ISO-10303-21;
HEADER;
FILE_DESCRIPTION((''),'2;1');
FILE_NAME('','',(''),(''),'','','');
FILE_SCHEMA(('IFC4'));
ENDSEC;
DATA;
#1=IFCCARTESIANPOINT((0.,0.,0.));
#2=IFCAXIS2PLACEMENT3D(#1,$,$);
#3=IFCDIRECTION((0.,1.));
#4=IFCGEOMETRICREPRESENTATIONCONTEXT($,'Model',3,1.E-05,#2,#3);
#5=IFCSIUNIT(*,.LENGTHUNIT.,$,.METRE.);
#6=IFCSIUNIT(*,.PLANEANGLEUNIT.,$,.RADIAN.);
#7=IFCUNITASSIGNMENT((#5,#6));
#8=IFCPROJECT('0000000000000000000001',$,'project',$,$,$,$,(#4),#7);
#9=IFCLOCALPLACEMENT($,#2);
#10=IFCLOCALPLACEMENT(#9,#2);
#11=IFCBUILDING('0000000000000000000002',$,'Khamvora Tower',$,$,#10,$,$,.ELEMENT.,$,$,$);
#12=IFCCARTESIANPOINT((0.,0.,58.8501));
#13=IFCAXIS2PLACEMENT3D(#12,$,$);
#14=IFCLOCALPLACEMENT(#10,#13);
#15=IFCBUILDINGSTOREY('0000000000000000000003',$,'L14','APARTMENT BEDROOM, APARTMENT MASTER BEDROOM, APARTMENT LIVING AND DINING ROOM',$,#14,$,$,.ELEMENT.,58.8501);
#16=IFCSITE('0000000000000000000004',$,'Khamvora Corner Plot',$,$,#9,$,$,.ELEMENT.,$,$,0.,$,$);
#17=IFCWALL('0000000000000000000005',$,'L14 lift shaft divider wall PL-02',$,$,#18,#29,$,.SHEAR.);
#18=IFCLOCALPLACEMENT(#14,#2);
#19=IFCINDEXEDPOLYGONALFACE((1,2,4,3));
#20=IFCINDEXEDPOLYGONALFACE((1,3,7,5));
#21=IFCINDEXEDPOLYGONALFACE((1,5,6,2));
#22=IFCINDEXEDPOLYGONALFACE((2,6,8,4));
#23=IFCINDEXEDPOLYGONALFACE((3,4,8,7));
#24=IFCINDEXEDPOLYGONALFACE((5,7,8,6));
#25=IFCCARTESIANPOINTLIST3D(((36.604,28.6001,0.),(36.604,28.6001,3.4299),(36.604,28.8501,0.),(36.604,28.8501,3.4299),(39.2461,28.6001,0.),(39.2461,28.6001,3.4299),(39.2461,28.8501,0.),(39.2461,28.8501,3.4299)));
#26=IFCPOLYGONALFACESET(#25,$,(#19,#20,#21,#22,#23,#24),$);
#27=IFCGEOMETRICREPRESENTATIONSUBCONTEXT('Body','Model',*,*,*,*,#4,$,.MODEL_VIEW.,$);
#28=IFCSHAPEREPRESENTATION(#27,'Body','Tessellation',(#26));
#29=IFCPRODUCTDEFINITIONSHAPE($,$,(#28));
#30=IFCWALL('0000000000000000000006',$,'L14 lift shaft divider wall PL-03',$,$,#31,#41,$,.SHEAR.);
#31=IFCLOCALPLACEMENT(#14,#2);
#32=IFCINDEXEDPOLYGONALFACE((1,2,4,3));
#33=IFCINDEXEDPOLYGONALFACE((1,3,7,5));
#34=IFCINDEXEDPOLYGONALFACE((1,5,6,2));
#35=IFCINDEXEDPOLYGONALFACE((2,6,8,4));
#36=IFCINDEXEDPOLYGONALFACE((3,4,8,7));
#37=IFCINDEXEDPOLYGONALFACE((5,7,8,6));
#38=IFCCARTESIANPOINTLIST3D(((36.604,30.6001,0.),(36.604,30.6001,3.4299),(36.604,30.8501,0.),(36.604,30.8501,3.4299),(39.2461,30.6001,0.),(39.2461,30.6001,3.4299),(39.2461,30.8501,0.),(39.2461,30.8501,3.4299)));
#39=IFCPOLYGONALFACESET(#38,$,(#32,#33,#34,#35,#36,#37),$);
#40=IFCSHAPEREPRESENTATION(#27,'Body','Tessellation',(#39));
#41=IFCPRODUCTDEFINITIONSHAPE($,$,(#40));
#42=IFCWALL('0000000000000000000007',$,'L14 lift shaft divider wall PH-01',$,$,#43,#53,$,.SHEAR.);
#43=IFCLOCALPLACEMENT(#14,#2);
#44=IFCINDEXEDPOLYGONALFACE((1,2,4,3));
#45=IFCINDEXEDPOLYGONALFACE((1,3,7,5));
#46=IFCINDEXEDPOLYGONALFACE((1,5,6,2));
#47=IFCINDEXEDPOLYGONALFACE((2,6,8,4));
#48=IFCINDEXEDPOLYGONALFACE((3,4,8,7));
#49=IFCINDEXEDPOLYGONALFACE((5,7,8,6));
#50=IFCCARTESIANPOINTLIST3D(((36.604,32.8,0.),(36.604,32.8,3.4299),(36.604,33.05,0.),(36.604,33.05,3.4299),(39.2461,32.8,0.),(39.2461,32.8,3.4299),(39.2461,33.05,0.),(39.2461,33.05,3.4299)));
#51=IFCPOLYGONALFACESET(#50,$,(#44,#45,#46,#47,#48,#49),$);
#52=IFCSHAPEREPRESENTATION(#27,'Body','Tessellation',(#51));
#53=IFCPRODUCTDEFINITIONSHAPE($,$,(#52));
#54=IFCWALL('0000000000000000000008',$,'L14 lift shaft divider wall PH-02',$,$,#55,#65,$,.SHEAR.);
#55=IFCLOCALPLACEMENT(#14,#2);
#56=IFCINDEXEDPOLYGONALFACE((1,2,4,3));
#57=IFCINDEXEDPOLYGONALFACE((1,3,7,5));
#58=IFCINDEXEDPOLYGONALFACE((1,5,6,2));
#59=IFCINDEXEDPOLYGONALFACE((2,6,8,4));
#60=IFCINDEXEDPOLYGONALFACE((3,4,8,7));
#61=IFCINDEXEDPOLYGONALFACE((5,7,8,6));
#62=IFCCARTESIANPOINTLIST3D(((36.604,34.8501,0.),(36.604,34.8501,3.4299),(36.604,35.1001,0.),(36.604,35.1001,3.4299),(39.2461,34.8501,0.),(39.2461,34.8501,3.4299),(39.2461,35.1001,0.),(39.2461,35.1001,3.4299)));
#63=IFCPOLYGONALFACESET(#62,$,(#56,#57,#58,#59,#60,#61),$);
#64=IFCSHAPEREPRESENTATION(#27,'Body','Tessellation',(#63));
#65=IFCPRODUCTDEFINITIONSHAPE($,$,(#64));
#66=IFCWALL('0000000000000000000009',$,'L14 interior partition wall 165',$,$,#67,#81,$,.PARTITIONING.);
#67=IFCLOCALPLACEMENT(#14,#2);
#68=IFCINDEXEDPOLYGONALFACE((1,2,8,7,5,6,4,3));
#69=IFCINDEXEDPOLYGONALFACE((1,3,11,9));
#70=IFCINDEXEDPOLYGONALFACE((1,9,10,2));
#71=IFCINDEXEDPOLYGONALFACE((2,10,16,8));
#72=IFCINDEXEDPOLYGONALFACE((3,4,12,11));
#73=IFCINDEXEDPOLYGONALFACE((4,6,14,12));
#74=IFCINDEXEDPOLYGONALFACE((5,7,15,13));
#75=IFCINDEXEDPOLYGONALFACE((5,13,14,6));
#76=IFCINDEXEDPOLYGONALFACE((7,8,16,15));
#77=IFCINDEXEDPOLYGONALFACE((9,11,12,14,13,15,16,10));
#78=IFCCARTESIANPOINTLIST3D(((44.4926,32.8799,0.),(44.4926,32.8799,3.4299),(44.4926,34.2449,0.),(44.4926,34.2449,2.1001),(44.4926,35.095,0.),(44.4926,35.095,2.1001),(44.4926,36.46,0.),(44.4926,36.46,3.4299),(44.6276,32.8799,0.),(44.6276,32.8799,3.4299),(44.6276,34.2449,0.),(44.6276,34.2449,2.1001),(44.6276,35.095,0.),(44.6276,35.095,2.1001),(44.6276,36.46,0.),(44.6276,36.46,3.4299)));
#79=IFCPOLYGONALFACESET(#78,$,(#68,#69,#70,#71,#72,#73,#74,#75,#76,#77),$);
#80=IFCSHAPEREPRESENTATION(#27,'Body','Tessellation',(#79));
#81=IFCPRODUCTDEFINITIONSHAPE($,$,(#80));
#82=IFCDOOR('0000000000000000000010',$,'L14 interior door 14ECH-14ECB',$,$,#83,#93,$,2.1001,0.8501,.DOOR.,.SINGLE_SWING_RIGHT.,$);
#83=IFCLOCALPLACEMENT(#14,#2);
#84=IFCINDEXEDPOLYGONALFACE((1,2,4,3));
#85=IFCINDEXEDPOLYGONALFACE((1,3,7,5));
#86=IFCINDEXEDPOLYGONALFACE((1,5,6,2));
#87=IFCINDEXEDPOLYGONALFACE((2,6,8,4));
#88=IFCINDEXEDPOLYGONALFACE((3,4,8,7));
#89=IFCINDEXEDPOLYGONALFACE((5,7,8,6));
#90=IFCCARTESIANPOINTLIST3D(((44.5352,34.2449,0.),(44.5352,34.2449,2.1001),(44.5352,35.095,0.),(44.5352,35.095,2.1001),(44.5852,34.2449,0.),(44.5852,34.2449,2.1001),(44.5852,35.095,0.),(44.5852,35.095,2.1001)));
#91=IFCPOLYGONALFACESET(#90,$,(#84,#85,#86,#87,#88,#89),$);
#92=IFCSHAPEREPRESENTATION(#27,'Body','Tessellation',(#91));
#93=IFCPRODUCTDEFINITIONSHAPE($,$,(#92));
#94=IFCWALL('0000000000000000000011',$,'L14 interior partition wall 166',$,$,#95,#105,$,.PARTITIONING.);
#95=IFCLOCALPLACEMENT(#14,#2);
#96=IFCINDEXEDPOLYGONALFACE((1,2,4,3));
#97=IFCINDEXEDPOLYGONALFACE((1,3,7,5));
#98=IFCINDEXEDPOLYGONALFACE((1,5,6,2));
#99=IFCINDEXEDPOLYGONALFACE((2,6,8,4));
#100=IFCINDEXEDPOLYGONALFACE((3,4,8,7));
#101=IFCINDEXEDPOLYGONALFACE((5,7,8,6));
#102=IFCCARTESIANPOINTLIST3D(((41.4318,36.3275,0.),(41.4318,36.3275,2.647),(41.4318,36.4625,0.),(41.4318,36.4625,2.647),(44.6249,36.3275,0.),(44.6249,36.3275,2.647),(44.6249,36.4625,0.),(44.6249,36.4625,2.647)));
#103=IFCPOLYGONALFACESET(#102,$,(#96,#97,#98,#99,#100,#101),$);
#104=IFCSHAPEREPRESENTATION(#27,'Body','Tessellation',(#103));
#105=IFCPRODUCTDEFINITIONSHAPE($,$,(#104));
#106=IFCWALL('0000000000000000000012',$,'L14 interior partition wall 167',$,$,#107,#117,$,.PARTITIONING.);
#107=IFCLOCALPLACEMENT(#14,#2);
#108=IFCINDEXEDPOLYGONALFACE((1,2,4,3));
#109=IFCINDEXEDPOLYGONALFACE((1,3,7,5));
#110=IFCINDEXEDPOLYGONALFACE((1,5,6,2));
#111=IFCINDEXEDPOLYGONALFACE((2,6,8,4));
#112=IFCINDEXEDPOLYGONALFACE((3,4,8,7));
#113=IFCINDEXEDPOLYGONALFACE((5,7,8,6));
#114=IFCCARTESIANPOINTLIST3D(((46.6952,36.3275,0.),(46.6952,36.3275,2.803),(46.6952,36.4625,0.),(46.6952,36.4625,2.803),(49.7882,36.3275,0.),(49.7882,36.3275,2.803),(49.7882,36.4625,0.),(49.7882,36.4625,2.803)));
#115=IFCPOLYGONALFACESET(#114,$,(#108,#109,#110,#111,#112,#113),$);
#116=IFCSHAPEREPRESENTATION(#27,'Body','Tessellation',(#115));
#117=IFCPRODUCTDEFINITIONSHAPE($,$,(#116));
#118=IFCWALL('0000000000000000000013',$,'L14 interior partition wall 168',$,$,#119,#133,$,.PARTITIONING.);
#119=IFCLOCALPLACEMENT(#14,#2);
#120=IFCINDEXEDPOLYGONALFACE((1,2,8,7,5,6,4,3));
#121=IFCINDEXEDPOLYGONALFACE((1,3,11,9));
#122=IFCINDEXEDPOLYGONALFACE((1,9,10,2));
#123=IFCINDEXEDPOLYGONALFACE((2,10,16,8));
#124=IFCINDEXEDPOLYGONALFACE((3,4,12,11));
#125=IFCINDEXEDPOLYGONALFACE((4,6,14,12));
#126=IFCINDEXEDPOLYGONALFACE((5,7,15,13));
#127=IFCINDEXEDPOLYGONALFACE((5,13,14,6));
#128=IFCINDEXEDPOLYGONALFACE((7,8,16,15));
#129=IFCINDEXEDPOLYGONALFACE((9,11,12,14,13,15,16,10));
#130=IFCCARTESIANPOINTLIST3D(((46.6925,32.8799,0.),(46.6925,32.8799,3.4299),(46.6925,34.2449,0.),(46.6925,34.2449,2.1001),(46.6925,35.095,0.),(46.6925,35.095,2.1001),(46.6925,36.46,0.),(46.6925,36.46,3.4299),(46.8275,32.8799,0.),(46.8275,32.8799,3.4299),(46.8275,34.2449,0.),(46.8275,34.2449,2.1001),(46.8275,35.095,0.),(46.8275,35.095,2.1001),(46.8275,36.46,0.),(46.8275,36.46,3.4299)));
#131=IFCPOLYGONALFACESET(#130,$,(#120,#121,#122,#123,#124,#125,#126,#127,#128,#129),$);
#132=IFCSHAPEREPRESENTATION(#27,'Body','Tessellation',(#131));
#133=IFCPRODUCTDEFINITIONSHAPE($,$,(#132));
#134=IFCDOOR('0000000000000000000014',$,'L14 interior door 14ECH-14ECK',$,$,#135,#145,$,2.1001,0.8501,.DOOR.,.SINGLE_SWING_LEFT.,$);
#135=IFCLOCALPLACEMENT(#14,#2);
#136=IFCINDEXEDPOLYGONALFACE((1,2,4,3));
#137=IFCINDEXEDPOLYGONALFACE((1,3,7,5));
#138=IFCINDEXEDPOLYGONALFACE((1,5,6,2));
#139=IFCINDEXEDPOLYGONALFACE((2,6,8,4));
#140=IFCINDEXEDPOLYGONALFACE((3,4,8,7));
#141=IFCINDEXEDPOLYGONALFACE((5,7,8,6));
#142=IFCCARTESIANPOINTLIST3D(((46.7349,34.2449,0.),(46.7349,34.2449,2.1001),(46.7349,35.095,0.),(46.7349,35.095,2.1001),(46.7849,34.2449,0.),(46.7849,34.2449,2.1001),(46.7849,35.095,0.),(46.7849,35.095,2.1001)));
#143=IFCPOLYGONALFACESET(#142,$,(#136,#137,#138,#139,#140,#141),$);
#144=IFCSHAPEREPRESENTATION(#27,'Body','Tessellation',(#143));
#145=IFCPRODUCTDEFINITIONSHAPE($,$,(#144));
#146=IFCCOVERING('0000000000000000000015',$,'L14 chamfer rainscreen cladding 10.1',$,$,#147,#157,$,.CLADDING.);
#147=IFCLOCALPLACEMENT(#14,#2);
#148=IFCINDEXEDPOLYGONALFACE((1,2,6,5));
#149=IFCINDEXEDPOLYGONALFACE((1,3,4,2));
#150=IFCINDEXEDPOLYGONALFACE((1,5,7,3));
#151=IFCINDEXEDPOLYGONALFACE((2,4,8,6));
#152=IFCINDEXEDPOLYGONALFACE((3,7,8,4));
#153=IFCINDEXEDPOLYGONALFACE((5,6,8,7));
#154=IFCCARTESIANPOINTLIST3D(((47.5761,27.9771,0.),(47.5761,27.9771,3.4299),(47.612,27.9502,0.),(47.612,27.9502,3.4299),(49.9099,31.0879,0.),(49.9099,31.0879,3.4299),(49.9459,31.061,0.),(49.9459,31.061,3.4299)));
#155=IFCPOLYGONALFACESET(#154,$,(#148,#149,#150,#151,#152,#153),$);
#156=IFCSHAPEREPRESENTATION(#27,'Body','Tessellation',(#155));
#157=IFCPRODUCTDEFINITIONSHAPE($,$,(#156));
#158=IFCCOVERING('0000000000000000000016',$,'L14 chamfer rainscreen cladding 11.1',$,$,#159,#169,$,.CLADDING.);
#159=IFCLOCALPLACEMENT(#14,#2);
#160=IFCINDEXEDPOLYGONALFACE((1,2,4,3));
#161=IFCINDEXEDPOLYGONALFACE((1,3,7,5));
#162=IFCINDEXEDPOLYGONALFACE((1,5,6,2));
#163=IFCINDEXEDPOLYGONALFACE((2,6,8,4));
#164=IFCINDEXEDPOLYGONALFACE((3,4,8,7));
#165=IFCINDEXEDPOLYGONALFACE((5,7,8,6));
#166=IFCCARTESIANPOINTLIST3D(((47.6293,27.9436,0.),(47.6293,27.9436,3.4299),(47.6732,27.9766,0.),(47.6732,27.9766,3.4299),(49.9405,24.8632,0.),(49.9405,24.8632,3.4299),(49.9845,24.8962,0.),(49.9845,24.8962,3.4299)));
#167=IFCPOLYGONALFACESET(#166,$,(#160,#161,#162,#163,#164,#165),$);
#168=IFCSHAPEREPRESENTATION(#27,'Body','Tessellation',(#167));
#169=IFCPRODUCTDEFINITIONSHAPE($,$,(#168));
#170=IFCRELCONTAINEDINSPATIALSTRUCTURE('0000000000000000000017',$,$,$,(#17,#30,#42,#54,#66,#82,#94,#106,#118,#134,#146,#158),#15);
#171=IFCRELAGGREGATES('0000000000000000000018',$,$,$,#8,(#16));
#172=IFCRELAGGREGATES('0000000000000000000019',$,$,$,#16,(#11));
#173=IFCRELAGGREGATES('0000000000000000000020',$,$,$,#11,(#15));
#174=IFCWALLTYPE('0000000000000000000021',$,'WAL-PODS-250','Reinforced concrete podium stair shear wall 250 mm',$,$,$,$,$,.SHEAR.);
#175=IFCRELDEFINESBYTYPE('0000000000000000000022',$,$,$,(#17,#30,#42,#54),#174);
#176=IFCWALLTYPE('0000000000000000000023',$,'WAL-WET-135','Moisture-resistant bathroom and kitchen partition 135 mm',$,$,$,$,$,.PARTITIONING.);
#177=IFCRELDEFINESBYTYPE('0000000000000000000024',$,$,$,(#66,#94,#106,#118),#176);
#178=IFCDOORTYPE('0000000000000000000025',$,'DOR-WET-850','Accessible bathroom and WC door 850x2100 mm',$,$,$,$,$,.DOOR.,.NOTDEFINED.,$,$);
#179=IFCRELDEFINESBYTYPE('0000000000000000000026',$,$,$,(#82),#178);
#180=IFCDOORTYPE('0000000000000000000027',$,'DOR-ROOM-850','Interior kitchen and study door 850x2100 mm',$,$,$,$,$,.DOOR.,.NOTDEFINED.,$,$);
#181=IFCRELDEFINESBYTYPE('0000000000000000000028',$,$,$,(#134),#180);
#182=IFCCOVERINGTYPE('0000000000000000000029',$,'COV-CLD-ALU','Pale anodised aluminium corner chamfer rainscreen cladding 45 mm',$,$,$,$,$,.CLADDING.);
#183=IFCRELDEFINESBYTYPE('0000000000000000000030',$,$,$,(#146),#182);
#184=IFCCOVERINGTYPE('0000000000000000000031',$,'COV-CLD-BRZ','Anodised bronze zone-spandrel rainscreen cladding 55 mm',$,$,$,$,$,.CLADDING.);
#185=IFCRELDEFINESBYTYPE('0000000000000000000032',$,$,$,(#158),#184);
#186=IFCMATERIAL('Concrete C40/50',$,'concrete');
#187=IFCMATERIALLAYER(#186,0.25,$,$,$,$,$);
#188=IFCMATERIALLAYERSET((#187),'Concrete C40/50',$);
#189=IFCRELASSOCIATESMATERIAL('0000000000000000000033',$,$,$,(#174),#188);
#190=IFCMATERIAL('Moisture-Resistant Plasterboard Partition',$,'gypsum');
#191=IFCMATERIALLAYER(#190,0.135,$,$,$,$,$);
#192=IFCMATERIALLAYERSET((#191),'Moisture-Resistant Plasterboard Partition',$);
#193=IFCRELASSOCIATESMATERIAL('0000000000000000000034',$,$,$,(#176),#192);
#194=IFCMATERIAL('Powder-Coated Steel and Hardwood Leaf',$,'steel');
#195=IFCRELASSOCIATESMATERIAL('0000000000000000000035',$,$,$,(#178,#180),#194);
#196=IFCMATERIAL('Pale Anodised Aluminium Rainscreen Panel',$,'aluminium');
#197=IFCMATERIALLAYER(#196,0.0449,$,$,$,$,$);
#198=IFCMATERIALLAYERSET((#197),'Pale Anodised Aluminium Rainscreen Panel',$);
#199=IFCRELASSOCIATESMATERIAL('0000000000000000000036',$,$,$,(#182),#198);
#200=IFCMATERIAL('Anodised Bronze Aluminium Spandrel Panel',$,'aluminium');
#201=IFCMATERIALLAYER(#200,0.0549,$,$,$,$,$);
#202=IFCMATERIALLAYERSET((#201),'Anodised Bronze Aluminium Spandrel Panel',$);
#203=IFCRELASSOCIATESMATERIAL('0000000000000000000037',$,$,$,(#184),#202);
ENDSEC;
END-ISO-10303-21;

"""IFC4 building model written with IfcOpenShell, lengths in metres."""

from ifc_helpers import new_model, si_unit, direction, frame, frame_2d, origin, origin_2d, place, context, subcontext, project, spatial, rectangle, extrude, material, layer, layer_set, type_object, element, fill, save


model = new_model("IFC4")

# Units and contexts
model_context = context("Model", 3, precision=1e-05, world=origin(), true_north=direction((0.0, 1.0)))
body_context = subcontext(model_context, "Body", "Model", "MODEL_VIEW")
ifc_project = project(units=[si_unit("LENGTHUNIT", "METRE"), si_unit("PLANEANGLEUNIT", "RADIAN")], contexts=[model_context])

# Site, building, storey
site_placement = place(None, origin())
site = spatial("IfcSite", under=ifc_project, at=site_placement, Name="Khamvora Corner Plot", CompositionType="ELEMENT", RefElevation=0.0)
building_placement = place(site_placement, origin())
building = spatial("IfcBuilding", under=site, at=building_placement, Name="Khamvora Tower", CompositionType="ELEMENT")
storey_placement = place(building_placement, frame((0.0, 0.0, 58.8501)))
storey = spatial("IfcBuildingStorey", under=building, at=storey_placement, Name="L14", Description="APARTMENT BEDROOM, APARTMENT MASTER BEDROOM, APARTMENT LIVING AND DINING ROOM", CompositionType="ELEMENT", Elevation=58.8501)

# Shared definitions
ifc_material_1 = material(Name="Powder-Coated Steel and Hardwood Leaf", Category="steel")

# Walls
ifc_material_2 = material(Name="Concrete C40/50", Category="concrete")
ifc_layer_1 = layer(ifc_material_2, 0.25)
ifc_layer_set_1 = layer_set([ifc_layer_1], Name="Concrete C40/50")
wall_type_1 = type_object("IfcWallType", Name="WAL-PODS-250", Description="Reinforced concrete podium stair shear wall 250 mm", PredefinedType="SHEAR", material=ifc_layer_set_1)
for number, where, z_axis, x_axis, name in (
    (1, (36.604, 28.7251, 0.0), (0.0, 0.0, 1.0), (1.0, 0.0, 0.0), "L14 lift shaft divider wall PL-02"),
    (2, (36.604, 30.7251, 0.0), (0.0, 0.0, 1.0), (1.0, 0.0, 0.0), "L14 lift shaft divider wall PL-03"),
    (3, (36.604, 32.925, 0.0), (0.0, 0.0, 1.0), (1.0, 0.0, 0.0), "L14 lift shaft divider wall PH-01"),
    (4, (36.604, 34.9751, 0.0), (0.0, 0.0, 1.0), (1.0, 0.0, 0.0), "L14 lift shaft divider wall PH-02"),
):
    element("IfcWall", number, at=place(storey_placement, frame(where, z_axis=z_axis, x_axis=x_axis)), inside=storey, type_object=wall_type_1, Name=name, PredefinedType="SHEAR", context=body_context, shape_type="SweptSolid", body=[
        extrude(rectangle(XDim=2.6421, YDim=0.25, at=frame_2d((1.321, 0.0))), origin(), (0.0, 0.0, 1.0), 3.4299),
    ])

# Wall, opening, door
ifc_material_3 = material(Name="Moisture-Resistant Plasterboard Partition", Category="gypsum")
ifc_layer_2 = layer(ifc_material_3, 0.135)
ifc_layer_set_2 = layer_set([ifc_layer_2], Name="Moisture-Resistant Plasterboard Partition")
wall_type_2 = type_object("IfcWallType", Name="WAL-WET-135", Description="Moisture-resistant bathroom and kitchen partition 135 mm", PredefinedType="PARTITIONING", material=ifc_layer_set_2)
wall_1_placement = place(storey_placement, frame((44.5601, 32.8799, 0.0), z_axis=(0.0, 0.0, 1.0), x_axis=(0.0, 1.0, 0.0)))
wall_1 = element("IfcWall", 5, at=wall_1_placement, inside=storey, type_object=wall_type_2, Name="L14 interior partition wall 165", PredefinedType="PARTITIONING", context=body_context, shape_type="SweptSolid", body=[
    extrude(rectangle(XDim=3.5801, YDim=0.135, at=frame_2d((1.79, 0.0))), origin(), (0.0, 0.0, 1.0), 3.4299),
])
opening_1_placement = place(wall_1_placement, frame((1.365, 0.0, 0.0)))
opening_1 = element("IfcOpeningElement", 6, at=opening_1_placement, cuts=wall_1, PredefinedType="OPENING", context=body_context, shape_type="SweptSolid", body=[
    extrude(rectangle(XDim=0.8501, YDim=2.1001, at=frame_2d((0.425, 1.05))), frame((0.0, 0.0774, 0.0), z_axis=(0.0, -1.0, 0.0), x_axis=(1.0, 0.0, 0.0)), (0.0, 0.0, 1.0), 0.155),
])
door_type_1 = type_object("IfcDoorType", Name="DOR-WET-850", Description="Accessible bathroom and WC door 850x2100 mm", OperationType="NOTDEFINED", PredefinedType="DOOR", material=ifc_material_1)
door_1_placement = place(opening_1_placement, origin())
door_1 = element("IfcDoor", 7, at=door_1_placement, inside=storey, type_object=door_type_1, Name="L14 interior door 14ECH-14ECB", OperationType="SINGLE_SWING_RIGHT", OverallHeight=2.1001, OverallWidth=0.8501, PredefinedType="DOOR", context=body_context, shape_type="SweptSolid", body=[
    extrude(rectangle(XDim=0.8501, YDim=2.1001, at=frame_2d((0.425, 1.05))), frame((0.0, 0.0249, 0.0), z_axis=(0.0, -1.0, 0.0), x_axis=(1.0, 0.0, 0.0)), (0.0, 0.0, 1.0), 0.05),
])
fill(opening_1, door_1)

# Walls
wall_2_placement = place(storey_placement, frame((44.625, 36.395, 0.0), z_axis=(0.0, 0.0, 1.0), x_axis=(-1.0, 0.0, 0.0)))
element("IfcWall", 8, at=wall_2_placement, inside=storey, type_object=wall_type_2, Name="L14 interior partition wall 166", PredefinedType="PARTITIONING", context=body_context, shape_type="SweptSolid", body=[
    extrude(rectangle(XDim=3.1931, YDim=0.135, at=frame_2d((1.5967, 0.0))), origin(), (0.0, 0.0, 1.0), 2.647),
])
wall_3_placement = place(storey_placement, frame((49.7881, 36.395, 0.0), z_axis=(0.0, 0.0, 1.0), x_axis=(-1.0, 0.0, 0.0)))
element("IfcWall", 9, at=wall_3_placement, inside=storey, type_object=wall_type_2, Name="L14 interior partition wall 167", PredefinedType="PARTITIONING", context=body_context, shape_type="SweptSolid", body=[
    extrude(rectangle(XDim=3.093, YDim=0.135, at=frame_2d((1.5464, 0.0))), origin(), (0.0, 0.0, 1.0), 2.803),
])

# Wall, opening, door
wall_4_placement = place(storey_placement, frame((46.76, 36.46, 0.0), z_axis=(0.0, 0.0, 1.0), x_axis=(0.0, -1.0, 0.0)))
wall_4 = element("IfcWall", 10, at=wall_4_placement, inside=storey, type_object=wall_type_2, Name="L14 interior partition wall 168", PredefinedType="PARTITIONING", context=body_context, shape_type="SweptSolid", body=[
    extrude(rectangle(XDim=3.5801, YDim=0.135, at=frame_2d((1.79, 0.0))), origin(), (0.0, 0.0, 1.0), 3.4299),
])
opening_2_placement = place(wall_4_placement, frame((1.365, 0.0, 0.0)))
opening_2 = element("IfcOpeningElement", 11, at=opening_2_placement, cuts=wall_4, PredefinedType="OPENING", context=body_context, shape_type="SweptSolid", body=[
    extrude(rectangle(XDim=0.8501, YDim=2.1001, at=frame_2d((0.425, 1.05))), frame((0.0, 0.0774, 0.0), z_axis=(0.0, -1.0, 0.0), x_axis=(1.0, 0.0, 0.0)), (0.0, 0.0, 1.0), 0.155),
])
door_type_2 = type_object("IfcDoorType", Name="DOR-ROOM-850", Description="Interior kitchen and study door 850x2100 mm", OperationType="NOTDEFINED", PredefinedType="DOOR", material=ifc_material_1)
door_2_placement = place(opening_2_placement, origin())
door_2 = element("IfcDoor", 12, at=door_2_placement, inside=storey, type_object=door_type_2, Name="L14 interior door 14ECH-14ECK", OperationType="SINGLE_SWING_LEFT", OverallHeight=2.1001, OverallWidth=0.8501, PredefinedType="DOOR", context=body_context, shape_type="SweptSolid", body=[
    extrude(rectangle(XDim=0.8501, YDim=2.1001, at=frame_2d((0.425, 1.05))), frame((0.0, 0.0249, 0.0), z_axis=(0.0, -1.0, 0.0), x_axis=(1.0, 0.0, 0.0)), (0.0, 0.0, 1.0), 0.05),
])
fill(opening_2, door_2)

# Coverings
ifc_material_4 = material(Name="Pale Anodised Aluminium Rainscreen Panel", Category="aluminium")
ifc_layer_3 = layer(ifc_material_4, 0.0449)
ifc_layer_set_3 = layer_set([ifc_layer_3], Name="Pale Anodised Aluminium Rainscreen Panel")
covering_type_1 = type_object("IfcCoveringType", Name="COV-CLD-ALU", Description="Pale anodised aluminium corner chamfer rainscreen cladding 45 mm", PredefinedType="CLADDING", material=ifc_layer_set_3)
covering_1_placement = place(storey_placement, frame((48.761, 29.519, 0.0), z_axis=(0.0, 0.0, 1.0), x_axis=(-0.60012, -0.79991, 0.0)))
element("IfcCovering", 13, at=covering_1_placement, inside=storey, type_object=covering_type_1, Name="L14 chamfer rainscreen cladding 10.1", PredefinedType="CLADDING", context=body_context, shape_type="SweptSolid", body=[
    extrude(rectangle(XDim=3.8889, YDim=0.0449, at=origin_2d()), origin(), (0.0, 0.0, 1.0), 3.4299),
])
ifc_material_5 = material(Name="Anodised Bronze Aluminium Spandrel Panel", Category="aluminium")
ifc_layer_4 = layer(ifc_material_5, 0.0549)
ifc_layer_set_4 = layer_set([ifc_layer_4], Name="Anodised Bronze Aluminium Spandrel Panel")
covering_type_2 = type_object("IfcCoveringType", Name="COV-CLD-BRZ", Description="Anodised bronze zone-spandrel rainscreen cladding 55 mm", PredefinedType="CLADDING", material=ifc_layer_set_4)
covering_2_placement = place(storey_placement, frame((48.8069, 26.4199, 0.0), z_axis=(0.0, 0.0, 1.0), x_axis=(0.600162, -0.799878, 0.0)))
element("IfcCovering", 14, at=covering_2_placement, inside=storey, type_object=covering_type_2, Name="L14 chamfer rainscreen cladding 11.1", PredefinedType="CLADDING", context=body_context, shape_type="SweptSolid", body=[
    extrude(rectangle(XDim=3.8511, YDim=0.0549, at=origin_2d()), origin(), (0.0, 0.0, 1.0), 3.4299),
])

save(model, "model.ifc")
